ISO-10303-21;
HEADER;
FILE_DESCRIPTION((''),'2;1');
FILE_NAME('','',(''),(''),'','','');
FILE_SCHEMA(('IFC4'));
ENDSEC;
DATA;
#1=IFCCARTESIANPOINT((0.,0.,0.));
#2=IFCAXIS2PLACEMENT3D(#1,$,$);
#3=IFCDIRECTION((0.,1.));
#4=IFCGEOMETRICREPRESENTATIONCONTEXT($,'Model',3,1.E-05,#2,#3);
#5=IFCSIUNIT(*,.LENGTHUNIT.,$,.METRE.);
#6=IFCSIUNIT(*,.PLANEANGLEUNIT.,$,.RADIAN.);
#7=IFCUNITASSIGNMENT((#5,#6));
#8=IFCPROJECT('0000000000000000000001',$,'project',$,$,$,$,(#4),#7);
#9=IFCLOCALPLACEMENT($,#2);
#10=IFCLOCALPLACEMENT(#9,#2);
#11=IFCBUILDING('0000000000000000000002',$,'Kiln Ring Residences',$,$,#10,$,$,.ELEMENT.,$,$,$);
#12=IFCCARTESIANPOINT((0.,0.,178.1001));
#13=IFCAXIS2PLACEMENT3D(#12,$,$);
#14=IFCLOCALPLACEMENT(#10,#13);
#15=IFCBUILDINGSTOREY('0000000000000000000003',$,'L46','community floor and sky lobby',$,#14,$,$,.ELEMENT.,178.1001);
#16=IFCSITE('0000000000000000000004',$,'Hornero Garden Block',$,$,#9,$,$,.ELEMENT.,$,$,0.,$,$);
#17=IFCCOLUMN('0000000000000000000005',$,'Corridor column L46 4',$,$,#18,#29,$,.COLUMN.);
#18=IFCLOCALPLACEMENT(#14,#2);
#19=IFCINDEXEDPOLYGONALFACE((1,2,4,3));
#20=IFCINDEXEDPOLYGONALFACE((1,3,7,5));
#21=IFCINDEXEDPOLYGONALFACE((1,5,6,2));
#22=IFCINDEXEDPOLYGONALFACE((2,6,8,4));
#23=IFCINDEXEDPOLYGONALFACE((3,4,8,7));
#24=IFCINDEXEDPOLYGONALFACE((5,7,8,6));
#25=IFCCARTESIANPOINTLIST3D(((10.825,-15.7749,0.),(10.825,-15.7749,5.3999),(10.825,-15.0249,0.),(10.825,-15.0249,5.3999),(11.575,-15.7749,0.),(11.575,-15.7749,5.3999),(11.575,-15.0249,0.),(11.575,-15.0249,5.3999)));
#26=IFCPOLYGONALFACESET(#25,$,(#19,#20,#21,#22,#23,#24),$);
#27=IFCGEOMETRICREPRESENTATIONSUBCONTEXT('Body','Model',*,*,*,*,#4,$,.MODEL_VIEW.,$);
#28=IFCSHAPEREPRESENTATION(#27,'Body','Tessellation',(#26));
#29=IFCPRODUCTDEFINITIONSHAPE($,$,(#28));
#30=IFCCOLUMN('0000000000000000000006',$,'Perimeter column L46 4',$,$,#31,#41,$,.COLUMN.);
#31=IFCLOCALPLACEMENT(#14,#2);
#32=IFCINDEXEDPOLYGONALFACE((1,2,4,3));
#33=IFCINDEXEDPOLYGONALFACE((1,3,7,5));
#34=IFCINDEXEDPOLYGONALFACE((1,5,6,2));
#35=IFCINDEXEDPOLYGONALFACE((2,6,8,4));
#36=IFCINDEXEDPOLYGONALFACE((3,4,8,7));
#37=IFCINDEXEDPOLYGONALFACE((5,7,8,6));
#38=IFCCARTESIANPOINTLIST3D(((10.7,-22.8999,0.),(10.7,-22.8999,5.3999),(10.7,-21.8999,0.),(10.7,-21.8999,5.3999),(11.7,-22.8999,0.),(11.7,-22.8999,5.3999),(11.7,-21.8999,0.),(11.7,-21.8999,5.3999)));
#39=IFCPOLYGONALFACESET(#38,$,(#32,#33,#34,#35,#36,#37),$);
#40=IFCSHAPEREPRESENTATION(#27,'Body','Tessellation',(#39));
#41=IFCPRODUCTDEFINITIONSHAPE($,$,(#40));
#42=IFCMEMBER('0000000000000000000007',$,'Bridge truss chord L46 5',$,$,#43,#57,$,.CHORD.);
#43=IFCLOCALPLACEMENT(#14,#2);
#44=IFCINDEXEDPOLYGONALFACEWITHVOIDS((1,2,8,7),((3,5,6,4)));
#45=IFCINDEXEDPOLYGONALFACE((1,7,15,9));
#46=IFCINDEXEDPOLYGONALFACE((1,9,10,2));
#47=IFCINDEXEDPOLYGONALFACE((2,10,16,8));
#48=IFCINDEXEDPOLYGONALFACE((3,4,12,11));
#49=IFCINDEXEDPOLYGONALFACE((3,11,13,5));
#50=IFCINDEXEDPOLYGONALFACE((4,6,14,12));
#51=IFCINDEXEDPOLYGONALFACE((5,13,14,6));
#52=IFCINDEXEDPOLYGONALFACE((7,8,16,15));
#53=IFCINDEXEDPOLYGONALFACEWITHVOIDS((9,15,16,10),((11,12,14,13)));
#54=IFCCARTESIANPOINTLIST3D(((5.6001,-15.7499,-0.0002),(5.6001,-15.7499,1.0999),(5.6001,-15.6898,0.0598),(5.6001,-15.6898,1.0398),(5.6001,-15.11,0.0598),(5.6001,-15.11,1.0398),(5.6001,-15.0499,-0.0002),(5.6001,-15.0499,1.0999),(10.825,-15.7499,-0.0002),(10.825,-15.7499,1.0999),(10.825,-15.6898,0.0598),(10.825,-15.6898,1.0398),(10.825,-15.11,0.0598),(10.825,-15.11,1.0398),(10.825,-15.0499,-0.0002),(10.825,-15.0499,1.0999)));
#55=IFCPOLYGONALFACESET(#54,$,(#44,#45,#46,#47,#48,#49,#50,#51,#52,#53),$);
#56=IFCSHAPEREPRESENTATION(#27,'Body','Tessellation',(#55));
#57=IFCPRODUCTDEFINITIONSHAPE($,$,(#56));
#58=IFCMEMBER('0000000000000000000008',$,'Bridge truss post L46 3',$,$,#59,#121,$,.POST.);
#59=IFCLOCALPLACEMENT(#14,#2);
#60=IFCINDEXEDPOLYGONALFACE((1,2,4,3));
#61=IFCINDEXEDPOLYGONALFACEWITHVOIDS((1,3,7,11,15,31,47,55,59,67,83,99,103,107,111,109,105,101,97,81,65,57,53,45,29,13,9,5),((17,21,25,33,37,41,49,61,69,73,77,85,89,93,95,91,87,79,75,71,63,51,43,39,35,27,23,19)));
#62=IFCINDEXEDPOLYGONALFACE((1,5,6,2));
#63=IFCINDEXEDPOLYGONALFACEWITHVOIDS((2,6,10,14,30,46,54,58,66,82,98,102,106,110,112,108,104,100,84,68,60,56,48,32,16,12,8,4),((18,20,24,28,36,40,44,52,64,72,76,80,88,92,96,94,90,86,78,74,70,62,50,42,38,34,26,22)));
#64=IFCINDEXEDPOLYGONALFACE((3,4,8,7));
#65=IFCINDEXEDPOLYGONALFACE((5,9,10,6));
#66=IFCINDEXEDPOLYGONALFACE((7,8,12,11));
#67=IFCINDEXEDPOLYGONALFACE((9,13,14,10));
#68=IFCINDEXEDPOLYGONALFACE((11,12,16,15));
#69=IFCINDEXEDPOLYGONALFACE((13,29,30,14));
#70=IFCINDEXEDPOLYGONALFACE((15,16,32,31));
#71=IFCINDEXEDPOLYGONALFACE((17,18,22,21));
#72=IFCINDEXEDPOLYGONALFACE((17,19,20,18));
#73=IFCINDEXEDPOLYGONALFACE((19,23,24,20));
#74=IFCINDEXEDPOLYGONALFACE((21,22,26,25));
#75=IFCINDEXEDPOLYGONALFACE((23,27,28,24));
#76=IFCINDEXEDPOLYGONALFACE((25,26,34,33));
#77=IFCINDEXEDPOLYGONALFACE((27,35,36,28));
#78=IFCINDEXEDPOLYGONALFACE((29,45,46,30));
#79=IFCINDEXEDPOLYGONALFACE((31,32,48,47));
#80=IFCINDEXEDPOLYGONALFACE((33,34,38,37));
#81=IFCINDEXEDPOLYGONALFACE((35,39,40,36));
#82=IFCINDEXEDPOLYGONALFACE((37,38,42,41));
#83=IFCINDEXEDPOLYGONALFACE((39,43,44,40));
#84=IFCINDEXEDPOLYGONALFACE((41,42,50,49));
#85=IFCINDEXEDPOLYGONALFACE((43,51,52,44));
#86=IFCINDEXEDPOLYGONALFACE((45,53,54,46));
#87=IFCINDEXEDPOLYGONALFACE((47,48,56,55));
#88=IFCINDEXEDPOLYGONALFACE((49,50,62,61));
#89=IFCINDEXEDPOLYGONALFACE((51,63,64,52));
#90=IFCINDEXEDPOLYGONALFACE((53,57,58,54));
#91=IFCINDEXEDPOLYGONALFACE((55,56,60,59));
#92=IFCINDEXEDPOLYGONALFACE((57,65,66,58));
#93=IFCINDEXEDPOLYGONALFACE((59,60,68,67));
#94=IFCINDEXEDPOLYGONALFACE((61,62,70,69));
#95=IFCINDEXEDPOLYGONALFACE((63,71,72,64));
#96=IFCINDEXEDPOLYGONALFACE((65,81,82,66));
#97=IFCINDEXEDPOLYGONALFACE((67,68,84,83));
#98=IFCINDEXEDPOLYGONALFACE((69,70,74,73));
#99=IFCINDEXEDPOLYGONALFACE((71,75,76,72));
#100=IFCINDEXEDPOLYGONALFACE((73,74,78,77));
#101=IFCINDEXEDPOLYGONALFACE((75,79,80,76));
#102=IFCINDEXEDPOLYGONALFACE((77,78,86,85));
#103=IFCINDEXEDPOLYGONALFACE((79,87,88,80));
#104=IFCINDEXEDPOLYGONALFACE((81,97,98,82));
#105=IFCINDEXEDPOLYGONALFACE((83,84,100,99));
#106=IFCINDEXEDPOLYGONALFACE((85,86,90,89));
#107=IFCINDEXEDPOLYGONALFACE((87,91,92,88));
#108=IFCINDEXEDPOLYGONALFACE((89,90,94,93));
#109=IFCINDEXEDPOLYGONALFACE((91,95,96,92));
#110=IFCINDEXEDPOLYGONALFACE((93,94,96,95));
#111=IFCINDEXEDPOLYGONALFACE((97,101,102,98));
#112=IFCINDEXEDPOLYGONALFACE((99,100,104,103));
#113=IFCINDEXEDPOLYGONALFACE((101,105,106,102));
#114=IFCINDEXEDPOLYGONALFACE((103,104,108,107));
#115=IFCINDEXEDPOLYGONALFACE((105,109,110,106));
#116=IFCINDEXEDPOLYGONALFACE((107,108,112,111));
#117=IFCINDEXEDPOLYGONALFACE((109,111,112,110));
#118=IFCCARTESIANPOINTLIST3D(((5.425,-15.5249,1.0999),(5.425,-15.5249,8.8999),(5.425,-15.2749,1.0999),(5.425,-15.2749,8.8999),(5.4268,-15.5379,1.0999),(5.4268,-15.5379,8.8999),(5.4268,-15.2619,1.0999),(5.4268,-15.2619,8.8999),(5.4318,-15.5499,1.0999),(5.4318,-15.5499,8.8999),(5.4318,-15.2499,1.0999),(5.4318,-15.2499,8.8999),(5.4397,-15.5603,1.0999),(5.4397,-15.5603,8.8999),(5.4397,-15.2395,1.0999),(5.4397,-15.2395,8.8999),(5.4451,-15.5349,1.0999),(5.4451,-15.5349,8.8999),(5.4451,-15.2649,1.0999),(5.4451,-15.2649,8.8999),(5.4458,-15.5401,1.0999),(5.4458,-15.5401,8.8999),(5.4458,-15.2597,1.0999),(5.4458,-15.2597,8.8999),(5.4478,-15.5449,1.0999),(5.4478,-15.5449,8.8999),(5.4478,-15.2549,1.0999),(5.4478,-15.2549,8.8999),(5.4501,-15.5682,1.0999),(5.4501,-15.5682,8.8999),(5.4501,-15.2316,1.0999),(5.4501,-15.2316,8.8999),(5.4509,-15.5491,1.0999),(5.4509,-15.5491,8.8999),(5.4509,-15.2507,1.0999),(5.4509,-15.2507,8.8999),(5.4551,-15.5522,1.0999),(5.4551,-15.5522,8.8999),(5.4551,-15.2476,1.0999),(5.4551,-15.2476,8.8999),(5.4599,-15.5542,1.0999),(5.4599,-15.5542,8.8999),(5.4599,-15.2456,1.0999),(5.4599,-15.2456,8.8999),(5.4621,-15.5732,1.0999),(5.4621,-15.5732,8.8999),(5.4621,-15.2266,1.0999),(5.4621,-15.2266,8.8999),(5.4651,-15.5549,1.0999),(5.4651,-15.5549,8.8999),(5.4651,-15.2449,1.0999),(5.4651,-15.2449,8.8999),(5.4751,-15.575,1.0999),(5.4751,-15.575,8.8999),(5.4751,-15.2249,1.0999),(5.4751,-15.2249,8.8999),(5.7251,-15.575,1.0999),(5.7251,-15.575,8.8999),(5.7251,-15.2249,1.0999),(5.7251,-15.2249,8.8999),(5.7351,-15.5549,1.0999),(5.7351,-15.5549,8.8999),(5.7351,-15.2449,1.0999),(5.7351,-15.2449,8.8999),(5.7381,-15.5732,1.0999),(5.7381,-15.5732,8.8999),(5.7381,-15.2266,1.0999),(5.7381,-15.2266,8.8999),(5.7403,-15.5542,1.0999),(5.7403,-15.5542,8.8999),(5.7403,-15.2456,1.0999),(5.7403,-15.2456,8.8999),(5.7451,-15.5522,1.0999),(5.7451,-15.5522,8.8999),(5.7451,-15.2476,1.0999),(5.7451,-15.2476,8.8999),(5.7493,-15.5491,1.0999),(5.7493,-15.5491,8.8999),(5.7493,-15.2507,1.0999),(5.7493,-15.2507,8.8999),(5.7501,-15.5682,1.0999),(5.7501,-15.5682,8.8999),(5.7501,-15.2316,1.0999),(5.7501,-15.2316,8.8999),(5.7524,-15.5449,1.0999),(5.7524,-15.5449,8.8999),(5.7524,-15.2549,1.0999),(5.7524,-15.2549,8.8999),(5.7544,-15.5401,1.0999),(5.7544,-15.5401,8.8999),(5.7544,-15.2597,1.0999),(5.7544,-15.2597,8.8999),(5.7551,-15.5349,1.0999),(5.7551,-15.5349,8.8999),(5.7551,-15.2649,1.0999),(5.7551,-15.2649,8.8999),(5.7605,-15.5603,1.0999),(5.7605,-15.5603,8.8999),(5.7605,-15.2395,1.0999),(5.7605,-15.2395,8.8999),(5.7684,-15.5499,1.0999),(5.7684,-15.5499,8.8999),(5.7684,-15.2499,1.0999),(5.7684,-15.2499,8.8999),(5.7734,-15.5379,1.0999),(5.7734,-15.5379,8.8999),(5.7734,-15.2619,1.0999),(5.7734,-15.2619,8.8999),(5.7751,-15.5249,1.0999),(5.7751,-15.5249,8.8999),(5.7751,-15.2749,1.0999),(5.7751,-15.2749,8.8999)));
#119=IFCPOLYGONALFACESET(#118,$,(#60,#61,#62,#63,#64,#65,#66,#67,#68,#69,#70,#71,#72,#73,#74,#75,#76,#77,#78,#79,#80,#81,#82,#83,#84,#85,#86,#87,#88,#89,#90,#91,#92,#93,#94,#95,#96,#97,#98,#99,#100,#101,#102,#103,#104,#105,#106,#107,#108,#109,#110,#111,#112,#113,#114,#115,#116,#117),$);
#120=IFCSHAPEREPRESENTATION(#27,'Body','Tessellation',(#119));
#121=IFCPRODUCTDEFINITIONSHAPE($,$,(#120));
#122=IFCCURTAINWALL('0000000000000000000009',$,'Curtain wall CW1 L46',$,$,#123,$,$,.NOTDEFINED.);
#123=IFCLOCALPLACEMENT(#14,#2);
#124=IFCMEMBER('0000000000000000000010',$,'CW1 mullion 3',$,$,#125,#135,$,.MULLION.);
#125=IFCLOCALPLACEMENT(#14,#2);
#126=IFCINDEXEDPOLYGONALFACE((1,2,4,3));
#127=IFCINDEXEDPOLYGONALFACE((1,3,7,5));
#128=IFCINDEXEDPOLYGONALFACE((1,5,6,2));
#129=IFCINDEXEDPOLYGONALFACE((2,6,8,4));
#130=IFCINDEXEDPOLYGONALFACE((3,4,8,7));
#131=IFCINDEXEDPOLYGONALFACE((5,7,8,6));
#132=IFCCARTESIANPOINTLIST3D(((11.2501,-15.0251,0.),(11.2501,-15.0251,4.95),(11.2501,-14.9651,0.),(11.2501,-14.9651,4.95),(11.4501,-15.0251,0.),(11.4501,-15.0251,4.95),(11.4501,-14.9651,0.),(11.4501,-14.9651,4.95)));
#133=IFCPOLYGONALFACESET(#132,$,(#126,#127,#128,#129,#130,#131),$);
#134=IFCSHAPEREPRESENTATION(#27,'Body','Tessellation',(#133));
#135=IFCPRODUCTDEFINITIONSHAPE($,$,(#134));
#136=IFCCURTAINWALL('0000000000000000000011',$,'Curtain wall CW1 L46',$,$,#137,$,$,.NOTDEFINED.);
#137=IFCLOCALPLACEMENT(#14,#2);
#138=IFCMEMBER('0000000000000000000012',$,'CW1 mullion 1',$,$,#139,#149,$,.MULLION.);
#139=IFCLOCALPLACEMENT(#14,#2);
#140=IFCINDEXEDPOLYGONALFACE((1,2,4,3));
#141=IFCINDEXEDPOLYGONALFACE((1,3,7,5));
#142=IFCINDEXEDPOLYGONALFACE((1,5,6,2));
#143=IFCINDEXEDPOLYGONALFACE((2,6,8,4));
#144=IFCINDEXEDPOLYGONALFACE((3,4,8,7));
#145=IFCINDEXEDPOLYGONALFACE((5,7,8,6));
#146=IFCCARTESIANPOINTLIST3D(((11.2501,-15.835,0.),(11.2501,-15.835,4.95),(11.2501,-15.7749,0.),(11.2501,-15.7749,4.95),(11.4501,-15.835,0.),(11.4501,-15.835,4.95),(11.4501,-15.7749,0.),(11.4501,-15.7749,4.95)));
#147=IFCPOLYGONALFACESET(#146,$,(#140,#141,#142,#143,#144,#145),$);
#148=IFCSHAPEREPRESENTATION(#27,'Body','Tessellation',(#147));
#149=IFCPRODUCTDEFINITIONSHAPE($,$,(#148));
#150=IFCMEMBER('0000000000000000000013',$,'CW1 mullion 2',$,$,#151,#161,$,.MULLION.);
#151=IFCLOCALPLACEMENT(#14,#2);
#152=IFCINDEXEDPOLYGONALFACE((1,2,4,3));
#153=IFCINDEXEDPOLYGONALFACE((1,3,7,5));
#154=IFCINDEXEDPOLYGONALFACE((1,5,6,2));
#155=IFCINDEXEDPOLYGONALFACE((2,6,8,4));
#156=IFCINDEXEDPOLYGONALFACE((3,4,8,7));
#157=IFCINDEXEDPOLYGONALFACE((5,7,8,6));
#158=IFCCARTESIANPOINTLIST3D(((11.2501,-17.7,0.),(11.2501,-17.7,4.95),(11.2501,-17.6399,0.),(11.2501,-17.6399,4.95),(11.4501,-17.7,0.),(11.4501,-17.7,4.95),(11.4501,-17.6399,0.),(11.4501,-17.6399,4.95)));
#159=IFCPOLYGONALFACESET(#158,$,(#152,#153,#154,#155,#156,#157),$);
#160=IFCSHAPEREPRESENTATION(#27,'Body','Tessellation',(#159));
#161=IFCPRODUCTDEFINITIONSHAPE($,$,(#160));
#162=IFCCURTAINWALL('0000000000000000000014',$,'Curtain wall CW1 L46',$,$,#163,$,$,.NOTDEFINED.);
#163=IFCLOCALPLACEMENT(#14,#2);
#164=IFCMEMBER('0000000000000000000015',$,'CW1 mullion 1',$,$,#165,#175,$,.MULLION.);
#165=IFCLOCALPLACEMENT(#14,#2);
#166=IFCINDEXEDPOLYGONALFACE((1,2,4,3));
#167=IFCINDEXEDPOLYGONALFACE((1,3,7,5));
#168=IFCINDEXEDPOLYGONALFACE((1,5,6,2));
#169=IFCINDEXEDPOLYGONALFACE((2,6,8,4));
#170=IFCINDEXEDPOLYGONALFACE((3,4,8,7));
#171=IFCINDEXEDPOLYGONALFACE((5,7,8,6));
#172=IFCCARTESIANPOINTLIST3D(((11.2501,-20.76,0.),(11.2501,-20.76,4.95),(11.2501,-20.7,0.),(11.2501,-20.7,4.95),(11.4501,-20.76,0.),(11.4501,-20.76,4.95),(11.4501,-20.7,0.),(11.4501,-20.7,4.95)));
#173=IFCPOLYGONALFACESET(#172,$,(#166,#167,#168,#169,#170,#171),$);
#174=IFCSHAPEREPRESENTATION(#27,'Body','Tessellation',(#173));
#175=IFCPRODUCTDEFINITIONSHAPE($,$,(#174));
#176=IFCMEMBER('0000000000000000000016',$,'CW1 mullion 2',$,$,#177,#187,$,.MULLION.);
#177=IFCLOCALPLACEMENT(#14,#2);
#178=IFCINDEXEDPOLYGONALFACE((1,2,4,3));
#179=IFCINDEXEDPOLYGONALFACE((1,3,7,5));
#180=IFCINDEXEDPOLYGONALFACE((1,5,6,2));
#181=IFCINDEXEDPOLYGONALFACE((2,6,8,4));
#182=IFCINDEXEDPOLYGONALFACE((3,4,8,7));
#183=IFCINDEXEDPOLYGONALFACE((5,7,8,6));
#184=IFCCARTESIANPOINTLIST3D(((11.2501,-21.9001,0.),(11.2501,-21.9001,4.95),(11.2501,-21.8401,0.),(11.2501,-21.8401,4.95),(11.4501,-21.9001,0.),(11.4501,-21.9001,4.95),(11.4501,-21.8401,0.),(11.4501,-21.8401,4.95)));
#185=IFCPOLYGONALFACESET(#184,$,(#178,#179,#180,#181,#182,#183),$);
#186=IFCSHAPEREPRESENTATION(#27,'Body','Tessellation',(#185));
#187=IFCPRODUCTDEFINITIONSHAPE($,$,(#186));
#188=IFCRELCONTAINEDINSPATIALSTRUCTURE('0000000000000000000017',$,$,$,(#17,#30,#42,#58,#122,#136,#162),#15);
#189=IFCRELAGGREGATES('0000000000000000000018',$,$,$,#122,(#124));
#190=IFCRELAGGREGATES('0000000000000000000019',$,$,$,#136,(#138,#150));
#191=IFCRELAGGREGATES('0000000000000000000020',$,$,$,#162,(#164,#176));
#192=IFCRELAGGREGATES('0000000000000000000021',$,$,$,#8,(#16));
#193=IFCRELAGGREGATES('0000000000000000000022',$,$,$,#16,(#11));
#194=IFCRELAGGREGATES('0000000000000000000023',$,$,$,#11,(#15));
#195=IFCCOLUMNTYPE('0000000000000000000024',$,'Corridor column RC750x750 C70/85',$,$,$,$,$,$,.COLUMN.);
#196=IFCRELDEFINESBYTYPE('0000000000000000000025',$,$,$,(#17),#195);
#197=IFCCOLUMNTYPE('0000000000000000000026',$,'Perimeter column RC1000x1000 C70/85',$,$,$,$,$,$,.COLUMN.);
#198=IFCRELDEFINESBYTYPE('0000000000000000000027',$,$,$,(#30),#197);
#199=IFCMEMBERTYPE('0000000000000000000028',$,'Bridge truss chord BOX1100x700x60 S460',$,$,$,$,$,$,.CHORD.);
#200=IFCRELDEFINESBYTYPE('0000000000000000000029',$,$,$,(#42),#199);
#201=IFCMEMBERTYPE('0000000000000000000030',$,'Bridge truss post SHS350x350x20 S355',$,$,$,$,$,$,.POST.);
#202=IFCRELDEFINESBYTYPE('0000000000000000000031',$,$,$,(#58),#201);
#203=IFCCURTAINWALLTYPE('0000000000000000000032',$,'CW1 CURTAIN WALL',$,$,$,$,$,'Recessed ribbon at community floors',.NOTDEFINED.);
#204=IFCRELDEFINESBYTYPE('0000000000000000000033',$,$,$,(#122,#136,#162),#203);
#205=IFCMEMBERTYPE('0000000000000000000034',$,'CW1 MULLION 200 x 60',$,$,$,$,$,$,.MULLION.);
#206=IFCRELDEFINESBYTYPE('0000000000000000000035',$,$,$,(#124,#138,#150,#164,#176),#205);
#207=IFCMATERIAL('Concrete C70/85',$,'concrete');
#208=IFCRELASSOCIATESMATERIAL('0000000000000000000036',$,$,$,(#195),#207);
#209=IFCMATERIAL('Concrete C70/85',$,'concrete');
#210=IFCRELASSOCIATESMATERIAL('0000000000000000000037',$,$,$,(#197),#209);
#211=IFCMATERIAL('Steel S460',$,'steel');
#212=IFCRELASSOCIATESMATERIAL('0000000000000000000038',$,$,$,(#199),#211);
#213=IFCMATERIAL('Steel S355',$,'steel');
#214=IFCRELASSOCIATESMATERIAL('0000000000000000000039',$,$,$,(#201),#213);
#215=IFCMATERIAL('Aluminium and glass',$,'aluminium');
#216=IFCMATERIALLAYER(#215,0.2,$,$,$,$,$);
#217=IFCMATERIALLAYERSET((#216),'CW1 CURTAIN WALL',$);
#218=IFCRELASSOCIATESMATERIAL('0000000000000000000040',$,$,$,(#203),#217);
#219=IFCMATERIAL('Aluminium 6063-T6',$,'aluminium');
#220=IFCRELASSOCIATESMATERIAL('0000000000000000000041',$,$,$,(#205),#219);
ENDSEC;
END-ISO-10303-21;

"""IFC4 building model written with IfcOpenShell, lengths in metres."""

from ifc_helpers import new_model, si_unit, direction, frame, origin, origin_2d, place, context, subcontext, project, spatial, rectangle, hollow_rectangle, extrude, material, layer, layer_set, material_profile, profile_set, type_object, element, aggregate, save


model = new_model("IFC4")

# Units and contexts
model_context = context("Model", 3, precision=1e-05, world=origin(), true_north=direction((0.0, 1.0)))
body_context = subcontext(model_context, "Body", "Model", "MODEL_VIEW")
ifc_project = project(units=[si_unit("LENGTHUNIT", "METRE"), si_unit("PLANEANGLEUNIT", "RADIAN")], contexts=[model_context])

# Site, building, storey
site_placement = place(None, origin())
site = spatial("IfcSite", under=ifc_project, at=site_placement, Name="Hornero Garden Block", CompositionType="ELEMENT", RefElevation=0.0)
building_placement = place(site_placement, origin())
building = spatial("IfcBuilding", under=site, at=building_placement, Name="Kiln Ring Residences", CompositionType="ELEMENT")
storey_placement = place(building_placement, frame((0.0, 0.0, 178.1001)))
storey = spatial("IfcBuildingStorey", under=building, at=storey_placement, Name="L46", Description="community floor and sky lobby", CompositionType="ELEMENT", Elevation=178.1001)

# Columns
ifc_material_1 = material(Name="Concrete C70/85", Category="concrete")
ifc_material_profile_1 = material_profile(ifc_material_1, rectangle(XDim=0.75, YDim=0.75, at=origin_2d()), Name="RC750x750")
ifc_profile_set_1 = profile_set([ifc_material_profile_1], Name="Concrete C70/85")
column_type_1 = type_object("IfcColumnType", Name="Corridor column RC750x750 C70/85", PredefinedType="COLUMN", material=ifc_profile_set_1)
column_1_placement = place(storey_placement, frame((11.2, -15.3999, 0.0), z_axis=(0.0, 0.0, 1.0), x_axis=(1.0, 0.0, 0.0)))
element("IfcColumn", 1, at=column_1_placement, inside=storey, type_object=column_type_1, Name="Corridor column L46 4", PredefinedType="COLUMN", context=body_context, shape_type="SweptSolid", body=[
    extrude(rectangle(XDim=0.75, YDim=0.75, at=origin_2d()), origin(), (0.0, 0.0, 1.0), 5.3999),
])
ifc_material_2 = material(Name="Concrete C70/85", Category="concrete")
ifc_material_profile_2 = material_profile(ifc_material_2, rectangle(XDim=1.0, YDim=1.0, at=origin_2d()), Name="RC1000x1000")
ifc_profile_set_2 = profile_set([ifc_material_profile_2], Name="Concrete C70/85")
column_type_2 = type_object("IfcColumnType", Name="Perimeter column RC1000x1000 C70/85", PredefinedType="COLUMN", material=ifc_profile_set_2)
column_2_placement = place(storey_placement, frame((11.2, -22.3999, 0.0), z_axis=(0.0, 0.0, 1.0), x_axis=(1.0, 0.0, 0.0)))
element("IfcColumn", 2, at=column_2_placement, inside=storey, type_object=column_type_2, Name="Perimeter column L46 4", PredefinedType="COLUMN", context=body_context, shape_type="SweptSolid", body=[
    extrude(rectangle(XDim=1.0, YDim=1.0, at=origin_2d()), origin(), (0.0, 0.0, 1.0), 5.3999),
])

# Members
ifc_material_3 = material(Name="Steel S460", Category="steel")
ifc_material_profile_3 = material_profile(ifc_material_3, hollow_rectangle(XDim=0.7, YDim=1.1001, WallThickness=0.0601, at=origin_2d()), Name="BOX1100x700x60")
ifc_profile_set_3 = profile_set([ifc_material_profile_3], Name="Steel S460")
member_type_1 = type_object("IfcMemberType", Name="Bridge truss chord BOX1100x700x60 S460", PredefinedType="CHORD", material=ifc_profile_set_3)
member_1_placement = place(storey_placement, frame((5.6001, -15.3999, 0.5498), z_axis=(1.0, 0.0, 0.0), x_axis=(0.0, 1.0, 0.0)))
element("IfcMember", 3, at=member_1_placement, inside=storey, type_object=member_type_1, Name="Bridge truss chord L46 5", PredefinedType="CHORD", context=body_context, shape_type="SweptSolid", body=[
    extrude(hollow_rectangle(XDim=0.7, YDim=1.1001, WallThickness=0.0601, at=origin_2d()), origin(), (0.0, 0.0, 1.0), 5.2249),
])
ifc_material_4 = material(Name="Steel S355", Category="steel")
ifc_material_profile_4 = material_profile(ifc_material_4, hollow_rectangle(XDim=0.3501, YDim=0.3501, WallThickness=0.02, InnerFilletRadius=0.02, OuterFilletRadius=0.05, at=origin_2d()), Name="SHS350x350x20")
ifc_profile_set_4 = profile_set([ifc_material_profile_4], Name="Steel S355")
member_type_2 = type_object("IfcMemberType", Name="Bridge truss post SHS350x350x20 S355", PredefinedType="POST", material=ifc_profile_set_4)
member_2_placement = place(storey_placement, frame((5.6001, -15.3999, 1.0999), z_axis=(0.0, 0.0, 1.0), x_axis=(1.0, 0.0, 0.0)))
element("IfcMember", 4, at=member_2_placement, inside=storey, type_object=member_type_2, Name="Bridge truss post L46 3", PredefinedType="POST", context=body_context, shape_type="SweptSolid", body=[
    extrude(hollow_rectangle(XDim=0.3501, YDim=0.3501, WallThickness=0.02, InnerFilletRadius=0.02, OuterFilletRadius=0.05, at=origin_2d()), origin(), (0.0, 0.0, 1.0), 7.8),
])

# Curtain wall, member
ifc_material_5 = material(Name="Aluminium and glass", Category="aluminium")
ifc_layer_1 = layer(ifc_material_5, 0.2)
ifc_layer_set_1 = layer_set([ifc_layer_1], Name="CW1 CURTAIN WALL")
curtain_wall_type = type_object("IfcCurtainWallType", Name="CW1 CURTAIN WALL", ElementType="Recessed ribbon at community floors", PredefinedType="NOTDEFINED", material=ifc_layer_set_1)
placement = place(storey_placement, origin())
curtain_wall_1 = element("IfcCurtainWall", 5, at=placement, inside=storey, type_object=curtain_wall_type, Name="Curtain wall CW1 L46", PredefinedType="NOTDEFINED")
ifc_material_6 = material(Name="Aluminium 6063-T6", Category="aluminium")
ifc_material_profile_5 = material_profile(ifc_material_6, rectangle(XDim=0.2, YDim=0.0601, at=origin_2d()), Name="AL 200x60")
ifc_profile_set_5 = profile_set([ifc_material_profile_5], Name="Aluminium 6063-T6")
member_type_3 = type_object("IfcMemberType", Name="CW1 MULLION 200 x 60", PredefinedType="MULLION", material=ifc_profile_set_5)
member_3_placement = place(storey_placement, frame((11.3501, -14.9951, 0.0), z_axis=(0.0, 0.0, 1.0), x_axis=(1.0, 0.0, 0.0)))
member_3 = element("IfcMember", 6, at=member_3_placement, type_object=member_type_3, Name="CW1 mullion 3", PredefinedType="MULLION", context=body_context, shape_type="SweptSolid", body=[
    extrude(rectangle(XDim=0.2, YDim=0.0601, at=origin_2d()), origin(), (0.0, 0.0, 1.0), 4.95),
])

# Curtain walls, members
curtain_wall_2 = element("IfcCurtainWall", 7, at=placement, inside=storey, type_object=curtain_wall_type, Name="Curtain wall CW1 L46", PredefinedType="NOTDEFINED")
member_4_placement = place(storey_placement, frame((11.3501, -15.8049, 0.0), z_axis=(0.0, 0.0, 1.0), x_axis=(1.0, 0.0, 0.0)))
member_4 = element("IfcMember", 8, at=member_4_placement, type_object=member_type_3, Name="CW1 mullion 1", PredefinedType="MULLION", context=body_context, shape_type="SweptSolid", body=[
    extrude(rectangle(XDim=0.2, YDim=0.0601, at=origin_2d()), origin(), (0.0, 0.0, 1.0), 4.95),
])
member_5_placement = place(storey_placement, frame((11.3501, -17.6699, 0.0), z_axis=(0.0, 0.0, 1.0), x_axis=(1.0, 0.0, 0.0)))
member_5 = element("IfcMember", 9, at=member_5_placement, type_object=member_type_3, Name="CW1 mullion 2", PredefinedType="MULLION", context=body_context, shape_type="SweptSolid", body=[
    extrude(rectangle(XDim=0.2, YDim=0.0601, at=origin_2d()), origin(), (0.0, 0.0, 1.0), 4.95),
])
curtain_wall_3 = element("IfcCurtainWall", 10, at=placement, inside=storey, type_object=curtain_wall_type, Name="Curtain wall CW1 L46", PredefinedType="NOTDEFINED")
member_6_placement = place(storey_placement, frame((11.3501, -20.73, 0.0), z_axis=(0.0, 0.0, 1.0), x_axis=(1.0, 0.0, 0.0)))
member_6 = element("IfcMember", 11, at=member_6_placement, type_object=member_type_3, Name="CW1 mullion 1", PredefinedType="MULLION", context=body_context, shape_type="SweptSolid", body=[
    extrude(rectangle(XDim=0.2, YDim=0.0601, at=origin_2d()), origin(), (0.0, 0.0, 1.0), 4.95),
])
member_7_placement = place(storey_placement, frame((11.3501, -21.8701, 0.0), z_axis=(0.0, 0.0, 1.0), x_axis=(1.0, 0.0, 0.0)))
member_7 = element("IfcMember", 12, at=member_7_placement, type_object=member_type_3, Name="CW1 mullion 2", PredefinedType="MULLION", context=body_context, shape_type="SweptSolid", body=[
    extrude(rectangle(XDim=0.2, YDim=0.0601, at=origin_2d()), origin(), (0.0, 0.0, 1.0), 4.95),
])

aggregate(curtain_wall_1, [member_3])
aggregate(curtain_wall_2, [member_4, member_5])
aggregate(curtain_wall_3, [member_6, member_7])

save(model, "model.ifc")
